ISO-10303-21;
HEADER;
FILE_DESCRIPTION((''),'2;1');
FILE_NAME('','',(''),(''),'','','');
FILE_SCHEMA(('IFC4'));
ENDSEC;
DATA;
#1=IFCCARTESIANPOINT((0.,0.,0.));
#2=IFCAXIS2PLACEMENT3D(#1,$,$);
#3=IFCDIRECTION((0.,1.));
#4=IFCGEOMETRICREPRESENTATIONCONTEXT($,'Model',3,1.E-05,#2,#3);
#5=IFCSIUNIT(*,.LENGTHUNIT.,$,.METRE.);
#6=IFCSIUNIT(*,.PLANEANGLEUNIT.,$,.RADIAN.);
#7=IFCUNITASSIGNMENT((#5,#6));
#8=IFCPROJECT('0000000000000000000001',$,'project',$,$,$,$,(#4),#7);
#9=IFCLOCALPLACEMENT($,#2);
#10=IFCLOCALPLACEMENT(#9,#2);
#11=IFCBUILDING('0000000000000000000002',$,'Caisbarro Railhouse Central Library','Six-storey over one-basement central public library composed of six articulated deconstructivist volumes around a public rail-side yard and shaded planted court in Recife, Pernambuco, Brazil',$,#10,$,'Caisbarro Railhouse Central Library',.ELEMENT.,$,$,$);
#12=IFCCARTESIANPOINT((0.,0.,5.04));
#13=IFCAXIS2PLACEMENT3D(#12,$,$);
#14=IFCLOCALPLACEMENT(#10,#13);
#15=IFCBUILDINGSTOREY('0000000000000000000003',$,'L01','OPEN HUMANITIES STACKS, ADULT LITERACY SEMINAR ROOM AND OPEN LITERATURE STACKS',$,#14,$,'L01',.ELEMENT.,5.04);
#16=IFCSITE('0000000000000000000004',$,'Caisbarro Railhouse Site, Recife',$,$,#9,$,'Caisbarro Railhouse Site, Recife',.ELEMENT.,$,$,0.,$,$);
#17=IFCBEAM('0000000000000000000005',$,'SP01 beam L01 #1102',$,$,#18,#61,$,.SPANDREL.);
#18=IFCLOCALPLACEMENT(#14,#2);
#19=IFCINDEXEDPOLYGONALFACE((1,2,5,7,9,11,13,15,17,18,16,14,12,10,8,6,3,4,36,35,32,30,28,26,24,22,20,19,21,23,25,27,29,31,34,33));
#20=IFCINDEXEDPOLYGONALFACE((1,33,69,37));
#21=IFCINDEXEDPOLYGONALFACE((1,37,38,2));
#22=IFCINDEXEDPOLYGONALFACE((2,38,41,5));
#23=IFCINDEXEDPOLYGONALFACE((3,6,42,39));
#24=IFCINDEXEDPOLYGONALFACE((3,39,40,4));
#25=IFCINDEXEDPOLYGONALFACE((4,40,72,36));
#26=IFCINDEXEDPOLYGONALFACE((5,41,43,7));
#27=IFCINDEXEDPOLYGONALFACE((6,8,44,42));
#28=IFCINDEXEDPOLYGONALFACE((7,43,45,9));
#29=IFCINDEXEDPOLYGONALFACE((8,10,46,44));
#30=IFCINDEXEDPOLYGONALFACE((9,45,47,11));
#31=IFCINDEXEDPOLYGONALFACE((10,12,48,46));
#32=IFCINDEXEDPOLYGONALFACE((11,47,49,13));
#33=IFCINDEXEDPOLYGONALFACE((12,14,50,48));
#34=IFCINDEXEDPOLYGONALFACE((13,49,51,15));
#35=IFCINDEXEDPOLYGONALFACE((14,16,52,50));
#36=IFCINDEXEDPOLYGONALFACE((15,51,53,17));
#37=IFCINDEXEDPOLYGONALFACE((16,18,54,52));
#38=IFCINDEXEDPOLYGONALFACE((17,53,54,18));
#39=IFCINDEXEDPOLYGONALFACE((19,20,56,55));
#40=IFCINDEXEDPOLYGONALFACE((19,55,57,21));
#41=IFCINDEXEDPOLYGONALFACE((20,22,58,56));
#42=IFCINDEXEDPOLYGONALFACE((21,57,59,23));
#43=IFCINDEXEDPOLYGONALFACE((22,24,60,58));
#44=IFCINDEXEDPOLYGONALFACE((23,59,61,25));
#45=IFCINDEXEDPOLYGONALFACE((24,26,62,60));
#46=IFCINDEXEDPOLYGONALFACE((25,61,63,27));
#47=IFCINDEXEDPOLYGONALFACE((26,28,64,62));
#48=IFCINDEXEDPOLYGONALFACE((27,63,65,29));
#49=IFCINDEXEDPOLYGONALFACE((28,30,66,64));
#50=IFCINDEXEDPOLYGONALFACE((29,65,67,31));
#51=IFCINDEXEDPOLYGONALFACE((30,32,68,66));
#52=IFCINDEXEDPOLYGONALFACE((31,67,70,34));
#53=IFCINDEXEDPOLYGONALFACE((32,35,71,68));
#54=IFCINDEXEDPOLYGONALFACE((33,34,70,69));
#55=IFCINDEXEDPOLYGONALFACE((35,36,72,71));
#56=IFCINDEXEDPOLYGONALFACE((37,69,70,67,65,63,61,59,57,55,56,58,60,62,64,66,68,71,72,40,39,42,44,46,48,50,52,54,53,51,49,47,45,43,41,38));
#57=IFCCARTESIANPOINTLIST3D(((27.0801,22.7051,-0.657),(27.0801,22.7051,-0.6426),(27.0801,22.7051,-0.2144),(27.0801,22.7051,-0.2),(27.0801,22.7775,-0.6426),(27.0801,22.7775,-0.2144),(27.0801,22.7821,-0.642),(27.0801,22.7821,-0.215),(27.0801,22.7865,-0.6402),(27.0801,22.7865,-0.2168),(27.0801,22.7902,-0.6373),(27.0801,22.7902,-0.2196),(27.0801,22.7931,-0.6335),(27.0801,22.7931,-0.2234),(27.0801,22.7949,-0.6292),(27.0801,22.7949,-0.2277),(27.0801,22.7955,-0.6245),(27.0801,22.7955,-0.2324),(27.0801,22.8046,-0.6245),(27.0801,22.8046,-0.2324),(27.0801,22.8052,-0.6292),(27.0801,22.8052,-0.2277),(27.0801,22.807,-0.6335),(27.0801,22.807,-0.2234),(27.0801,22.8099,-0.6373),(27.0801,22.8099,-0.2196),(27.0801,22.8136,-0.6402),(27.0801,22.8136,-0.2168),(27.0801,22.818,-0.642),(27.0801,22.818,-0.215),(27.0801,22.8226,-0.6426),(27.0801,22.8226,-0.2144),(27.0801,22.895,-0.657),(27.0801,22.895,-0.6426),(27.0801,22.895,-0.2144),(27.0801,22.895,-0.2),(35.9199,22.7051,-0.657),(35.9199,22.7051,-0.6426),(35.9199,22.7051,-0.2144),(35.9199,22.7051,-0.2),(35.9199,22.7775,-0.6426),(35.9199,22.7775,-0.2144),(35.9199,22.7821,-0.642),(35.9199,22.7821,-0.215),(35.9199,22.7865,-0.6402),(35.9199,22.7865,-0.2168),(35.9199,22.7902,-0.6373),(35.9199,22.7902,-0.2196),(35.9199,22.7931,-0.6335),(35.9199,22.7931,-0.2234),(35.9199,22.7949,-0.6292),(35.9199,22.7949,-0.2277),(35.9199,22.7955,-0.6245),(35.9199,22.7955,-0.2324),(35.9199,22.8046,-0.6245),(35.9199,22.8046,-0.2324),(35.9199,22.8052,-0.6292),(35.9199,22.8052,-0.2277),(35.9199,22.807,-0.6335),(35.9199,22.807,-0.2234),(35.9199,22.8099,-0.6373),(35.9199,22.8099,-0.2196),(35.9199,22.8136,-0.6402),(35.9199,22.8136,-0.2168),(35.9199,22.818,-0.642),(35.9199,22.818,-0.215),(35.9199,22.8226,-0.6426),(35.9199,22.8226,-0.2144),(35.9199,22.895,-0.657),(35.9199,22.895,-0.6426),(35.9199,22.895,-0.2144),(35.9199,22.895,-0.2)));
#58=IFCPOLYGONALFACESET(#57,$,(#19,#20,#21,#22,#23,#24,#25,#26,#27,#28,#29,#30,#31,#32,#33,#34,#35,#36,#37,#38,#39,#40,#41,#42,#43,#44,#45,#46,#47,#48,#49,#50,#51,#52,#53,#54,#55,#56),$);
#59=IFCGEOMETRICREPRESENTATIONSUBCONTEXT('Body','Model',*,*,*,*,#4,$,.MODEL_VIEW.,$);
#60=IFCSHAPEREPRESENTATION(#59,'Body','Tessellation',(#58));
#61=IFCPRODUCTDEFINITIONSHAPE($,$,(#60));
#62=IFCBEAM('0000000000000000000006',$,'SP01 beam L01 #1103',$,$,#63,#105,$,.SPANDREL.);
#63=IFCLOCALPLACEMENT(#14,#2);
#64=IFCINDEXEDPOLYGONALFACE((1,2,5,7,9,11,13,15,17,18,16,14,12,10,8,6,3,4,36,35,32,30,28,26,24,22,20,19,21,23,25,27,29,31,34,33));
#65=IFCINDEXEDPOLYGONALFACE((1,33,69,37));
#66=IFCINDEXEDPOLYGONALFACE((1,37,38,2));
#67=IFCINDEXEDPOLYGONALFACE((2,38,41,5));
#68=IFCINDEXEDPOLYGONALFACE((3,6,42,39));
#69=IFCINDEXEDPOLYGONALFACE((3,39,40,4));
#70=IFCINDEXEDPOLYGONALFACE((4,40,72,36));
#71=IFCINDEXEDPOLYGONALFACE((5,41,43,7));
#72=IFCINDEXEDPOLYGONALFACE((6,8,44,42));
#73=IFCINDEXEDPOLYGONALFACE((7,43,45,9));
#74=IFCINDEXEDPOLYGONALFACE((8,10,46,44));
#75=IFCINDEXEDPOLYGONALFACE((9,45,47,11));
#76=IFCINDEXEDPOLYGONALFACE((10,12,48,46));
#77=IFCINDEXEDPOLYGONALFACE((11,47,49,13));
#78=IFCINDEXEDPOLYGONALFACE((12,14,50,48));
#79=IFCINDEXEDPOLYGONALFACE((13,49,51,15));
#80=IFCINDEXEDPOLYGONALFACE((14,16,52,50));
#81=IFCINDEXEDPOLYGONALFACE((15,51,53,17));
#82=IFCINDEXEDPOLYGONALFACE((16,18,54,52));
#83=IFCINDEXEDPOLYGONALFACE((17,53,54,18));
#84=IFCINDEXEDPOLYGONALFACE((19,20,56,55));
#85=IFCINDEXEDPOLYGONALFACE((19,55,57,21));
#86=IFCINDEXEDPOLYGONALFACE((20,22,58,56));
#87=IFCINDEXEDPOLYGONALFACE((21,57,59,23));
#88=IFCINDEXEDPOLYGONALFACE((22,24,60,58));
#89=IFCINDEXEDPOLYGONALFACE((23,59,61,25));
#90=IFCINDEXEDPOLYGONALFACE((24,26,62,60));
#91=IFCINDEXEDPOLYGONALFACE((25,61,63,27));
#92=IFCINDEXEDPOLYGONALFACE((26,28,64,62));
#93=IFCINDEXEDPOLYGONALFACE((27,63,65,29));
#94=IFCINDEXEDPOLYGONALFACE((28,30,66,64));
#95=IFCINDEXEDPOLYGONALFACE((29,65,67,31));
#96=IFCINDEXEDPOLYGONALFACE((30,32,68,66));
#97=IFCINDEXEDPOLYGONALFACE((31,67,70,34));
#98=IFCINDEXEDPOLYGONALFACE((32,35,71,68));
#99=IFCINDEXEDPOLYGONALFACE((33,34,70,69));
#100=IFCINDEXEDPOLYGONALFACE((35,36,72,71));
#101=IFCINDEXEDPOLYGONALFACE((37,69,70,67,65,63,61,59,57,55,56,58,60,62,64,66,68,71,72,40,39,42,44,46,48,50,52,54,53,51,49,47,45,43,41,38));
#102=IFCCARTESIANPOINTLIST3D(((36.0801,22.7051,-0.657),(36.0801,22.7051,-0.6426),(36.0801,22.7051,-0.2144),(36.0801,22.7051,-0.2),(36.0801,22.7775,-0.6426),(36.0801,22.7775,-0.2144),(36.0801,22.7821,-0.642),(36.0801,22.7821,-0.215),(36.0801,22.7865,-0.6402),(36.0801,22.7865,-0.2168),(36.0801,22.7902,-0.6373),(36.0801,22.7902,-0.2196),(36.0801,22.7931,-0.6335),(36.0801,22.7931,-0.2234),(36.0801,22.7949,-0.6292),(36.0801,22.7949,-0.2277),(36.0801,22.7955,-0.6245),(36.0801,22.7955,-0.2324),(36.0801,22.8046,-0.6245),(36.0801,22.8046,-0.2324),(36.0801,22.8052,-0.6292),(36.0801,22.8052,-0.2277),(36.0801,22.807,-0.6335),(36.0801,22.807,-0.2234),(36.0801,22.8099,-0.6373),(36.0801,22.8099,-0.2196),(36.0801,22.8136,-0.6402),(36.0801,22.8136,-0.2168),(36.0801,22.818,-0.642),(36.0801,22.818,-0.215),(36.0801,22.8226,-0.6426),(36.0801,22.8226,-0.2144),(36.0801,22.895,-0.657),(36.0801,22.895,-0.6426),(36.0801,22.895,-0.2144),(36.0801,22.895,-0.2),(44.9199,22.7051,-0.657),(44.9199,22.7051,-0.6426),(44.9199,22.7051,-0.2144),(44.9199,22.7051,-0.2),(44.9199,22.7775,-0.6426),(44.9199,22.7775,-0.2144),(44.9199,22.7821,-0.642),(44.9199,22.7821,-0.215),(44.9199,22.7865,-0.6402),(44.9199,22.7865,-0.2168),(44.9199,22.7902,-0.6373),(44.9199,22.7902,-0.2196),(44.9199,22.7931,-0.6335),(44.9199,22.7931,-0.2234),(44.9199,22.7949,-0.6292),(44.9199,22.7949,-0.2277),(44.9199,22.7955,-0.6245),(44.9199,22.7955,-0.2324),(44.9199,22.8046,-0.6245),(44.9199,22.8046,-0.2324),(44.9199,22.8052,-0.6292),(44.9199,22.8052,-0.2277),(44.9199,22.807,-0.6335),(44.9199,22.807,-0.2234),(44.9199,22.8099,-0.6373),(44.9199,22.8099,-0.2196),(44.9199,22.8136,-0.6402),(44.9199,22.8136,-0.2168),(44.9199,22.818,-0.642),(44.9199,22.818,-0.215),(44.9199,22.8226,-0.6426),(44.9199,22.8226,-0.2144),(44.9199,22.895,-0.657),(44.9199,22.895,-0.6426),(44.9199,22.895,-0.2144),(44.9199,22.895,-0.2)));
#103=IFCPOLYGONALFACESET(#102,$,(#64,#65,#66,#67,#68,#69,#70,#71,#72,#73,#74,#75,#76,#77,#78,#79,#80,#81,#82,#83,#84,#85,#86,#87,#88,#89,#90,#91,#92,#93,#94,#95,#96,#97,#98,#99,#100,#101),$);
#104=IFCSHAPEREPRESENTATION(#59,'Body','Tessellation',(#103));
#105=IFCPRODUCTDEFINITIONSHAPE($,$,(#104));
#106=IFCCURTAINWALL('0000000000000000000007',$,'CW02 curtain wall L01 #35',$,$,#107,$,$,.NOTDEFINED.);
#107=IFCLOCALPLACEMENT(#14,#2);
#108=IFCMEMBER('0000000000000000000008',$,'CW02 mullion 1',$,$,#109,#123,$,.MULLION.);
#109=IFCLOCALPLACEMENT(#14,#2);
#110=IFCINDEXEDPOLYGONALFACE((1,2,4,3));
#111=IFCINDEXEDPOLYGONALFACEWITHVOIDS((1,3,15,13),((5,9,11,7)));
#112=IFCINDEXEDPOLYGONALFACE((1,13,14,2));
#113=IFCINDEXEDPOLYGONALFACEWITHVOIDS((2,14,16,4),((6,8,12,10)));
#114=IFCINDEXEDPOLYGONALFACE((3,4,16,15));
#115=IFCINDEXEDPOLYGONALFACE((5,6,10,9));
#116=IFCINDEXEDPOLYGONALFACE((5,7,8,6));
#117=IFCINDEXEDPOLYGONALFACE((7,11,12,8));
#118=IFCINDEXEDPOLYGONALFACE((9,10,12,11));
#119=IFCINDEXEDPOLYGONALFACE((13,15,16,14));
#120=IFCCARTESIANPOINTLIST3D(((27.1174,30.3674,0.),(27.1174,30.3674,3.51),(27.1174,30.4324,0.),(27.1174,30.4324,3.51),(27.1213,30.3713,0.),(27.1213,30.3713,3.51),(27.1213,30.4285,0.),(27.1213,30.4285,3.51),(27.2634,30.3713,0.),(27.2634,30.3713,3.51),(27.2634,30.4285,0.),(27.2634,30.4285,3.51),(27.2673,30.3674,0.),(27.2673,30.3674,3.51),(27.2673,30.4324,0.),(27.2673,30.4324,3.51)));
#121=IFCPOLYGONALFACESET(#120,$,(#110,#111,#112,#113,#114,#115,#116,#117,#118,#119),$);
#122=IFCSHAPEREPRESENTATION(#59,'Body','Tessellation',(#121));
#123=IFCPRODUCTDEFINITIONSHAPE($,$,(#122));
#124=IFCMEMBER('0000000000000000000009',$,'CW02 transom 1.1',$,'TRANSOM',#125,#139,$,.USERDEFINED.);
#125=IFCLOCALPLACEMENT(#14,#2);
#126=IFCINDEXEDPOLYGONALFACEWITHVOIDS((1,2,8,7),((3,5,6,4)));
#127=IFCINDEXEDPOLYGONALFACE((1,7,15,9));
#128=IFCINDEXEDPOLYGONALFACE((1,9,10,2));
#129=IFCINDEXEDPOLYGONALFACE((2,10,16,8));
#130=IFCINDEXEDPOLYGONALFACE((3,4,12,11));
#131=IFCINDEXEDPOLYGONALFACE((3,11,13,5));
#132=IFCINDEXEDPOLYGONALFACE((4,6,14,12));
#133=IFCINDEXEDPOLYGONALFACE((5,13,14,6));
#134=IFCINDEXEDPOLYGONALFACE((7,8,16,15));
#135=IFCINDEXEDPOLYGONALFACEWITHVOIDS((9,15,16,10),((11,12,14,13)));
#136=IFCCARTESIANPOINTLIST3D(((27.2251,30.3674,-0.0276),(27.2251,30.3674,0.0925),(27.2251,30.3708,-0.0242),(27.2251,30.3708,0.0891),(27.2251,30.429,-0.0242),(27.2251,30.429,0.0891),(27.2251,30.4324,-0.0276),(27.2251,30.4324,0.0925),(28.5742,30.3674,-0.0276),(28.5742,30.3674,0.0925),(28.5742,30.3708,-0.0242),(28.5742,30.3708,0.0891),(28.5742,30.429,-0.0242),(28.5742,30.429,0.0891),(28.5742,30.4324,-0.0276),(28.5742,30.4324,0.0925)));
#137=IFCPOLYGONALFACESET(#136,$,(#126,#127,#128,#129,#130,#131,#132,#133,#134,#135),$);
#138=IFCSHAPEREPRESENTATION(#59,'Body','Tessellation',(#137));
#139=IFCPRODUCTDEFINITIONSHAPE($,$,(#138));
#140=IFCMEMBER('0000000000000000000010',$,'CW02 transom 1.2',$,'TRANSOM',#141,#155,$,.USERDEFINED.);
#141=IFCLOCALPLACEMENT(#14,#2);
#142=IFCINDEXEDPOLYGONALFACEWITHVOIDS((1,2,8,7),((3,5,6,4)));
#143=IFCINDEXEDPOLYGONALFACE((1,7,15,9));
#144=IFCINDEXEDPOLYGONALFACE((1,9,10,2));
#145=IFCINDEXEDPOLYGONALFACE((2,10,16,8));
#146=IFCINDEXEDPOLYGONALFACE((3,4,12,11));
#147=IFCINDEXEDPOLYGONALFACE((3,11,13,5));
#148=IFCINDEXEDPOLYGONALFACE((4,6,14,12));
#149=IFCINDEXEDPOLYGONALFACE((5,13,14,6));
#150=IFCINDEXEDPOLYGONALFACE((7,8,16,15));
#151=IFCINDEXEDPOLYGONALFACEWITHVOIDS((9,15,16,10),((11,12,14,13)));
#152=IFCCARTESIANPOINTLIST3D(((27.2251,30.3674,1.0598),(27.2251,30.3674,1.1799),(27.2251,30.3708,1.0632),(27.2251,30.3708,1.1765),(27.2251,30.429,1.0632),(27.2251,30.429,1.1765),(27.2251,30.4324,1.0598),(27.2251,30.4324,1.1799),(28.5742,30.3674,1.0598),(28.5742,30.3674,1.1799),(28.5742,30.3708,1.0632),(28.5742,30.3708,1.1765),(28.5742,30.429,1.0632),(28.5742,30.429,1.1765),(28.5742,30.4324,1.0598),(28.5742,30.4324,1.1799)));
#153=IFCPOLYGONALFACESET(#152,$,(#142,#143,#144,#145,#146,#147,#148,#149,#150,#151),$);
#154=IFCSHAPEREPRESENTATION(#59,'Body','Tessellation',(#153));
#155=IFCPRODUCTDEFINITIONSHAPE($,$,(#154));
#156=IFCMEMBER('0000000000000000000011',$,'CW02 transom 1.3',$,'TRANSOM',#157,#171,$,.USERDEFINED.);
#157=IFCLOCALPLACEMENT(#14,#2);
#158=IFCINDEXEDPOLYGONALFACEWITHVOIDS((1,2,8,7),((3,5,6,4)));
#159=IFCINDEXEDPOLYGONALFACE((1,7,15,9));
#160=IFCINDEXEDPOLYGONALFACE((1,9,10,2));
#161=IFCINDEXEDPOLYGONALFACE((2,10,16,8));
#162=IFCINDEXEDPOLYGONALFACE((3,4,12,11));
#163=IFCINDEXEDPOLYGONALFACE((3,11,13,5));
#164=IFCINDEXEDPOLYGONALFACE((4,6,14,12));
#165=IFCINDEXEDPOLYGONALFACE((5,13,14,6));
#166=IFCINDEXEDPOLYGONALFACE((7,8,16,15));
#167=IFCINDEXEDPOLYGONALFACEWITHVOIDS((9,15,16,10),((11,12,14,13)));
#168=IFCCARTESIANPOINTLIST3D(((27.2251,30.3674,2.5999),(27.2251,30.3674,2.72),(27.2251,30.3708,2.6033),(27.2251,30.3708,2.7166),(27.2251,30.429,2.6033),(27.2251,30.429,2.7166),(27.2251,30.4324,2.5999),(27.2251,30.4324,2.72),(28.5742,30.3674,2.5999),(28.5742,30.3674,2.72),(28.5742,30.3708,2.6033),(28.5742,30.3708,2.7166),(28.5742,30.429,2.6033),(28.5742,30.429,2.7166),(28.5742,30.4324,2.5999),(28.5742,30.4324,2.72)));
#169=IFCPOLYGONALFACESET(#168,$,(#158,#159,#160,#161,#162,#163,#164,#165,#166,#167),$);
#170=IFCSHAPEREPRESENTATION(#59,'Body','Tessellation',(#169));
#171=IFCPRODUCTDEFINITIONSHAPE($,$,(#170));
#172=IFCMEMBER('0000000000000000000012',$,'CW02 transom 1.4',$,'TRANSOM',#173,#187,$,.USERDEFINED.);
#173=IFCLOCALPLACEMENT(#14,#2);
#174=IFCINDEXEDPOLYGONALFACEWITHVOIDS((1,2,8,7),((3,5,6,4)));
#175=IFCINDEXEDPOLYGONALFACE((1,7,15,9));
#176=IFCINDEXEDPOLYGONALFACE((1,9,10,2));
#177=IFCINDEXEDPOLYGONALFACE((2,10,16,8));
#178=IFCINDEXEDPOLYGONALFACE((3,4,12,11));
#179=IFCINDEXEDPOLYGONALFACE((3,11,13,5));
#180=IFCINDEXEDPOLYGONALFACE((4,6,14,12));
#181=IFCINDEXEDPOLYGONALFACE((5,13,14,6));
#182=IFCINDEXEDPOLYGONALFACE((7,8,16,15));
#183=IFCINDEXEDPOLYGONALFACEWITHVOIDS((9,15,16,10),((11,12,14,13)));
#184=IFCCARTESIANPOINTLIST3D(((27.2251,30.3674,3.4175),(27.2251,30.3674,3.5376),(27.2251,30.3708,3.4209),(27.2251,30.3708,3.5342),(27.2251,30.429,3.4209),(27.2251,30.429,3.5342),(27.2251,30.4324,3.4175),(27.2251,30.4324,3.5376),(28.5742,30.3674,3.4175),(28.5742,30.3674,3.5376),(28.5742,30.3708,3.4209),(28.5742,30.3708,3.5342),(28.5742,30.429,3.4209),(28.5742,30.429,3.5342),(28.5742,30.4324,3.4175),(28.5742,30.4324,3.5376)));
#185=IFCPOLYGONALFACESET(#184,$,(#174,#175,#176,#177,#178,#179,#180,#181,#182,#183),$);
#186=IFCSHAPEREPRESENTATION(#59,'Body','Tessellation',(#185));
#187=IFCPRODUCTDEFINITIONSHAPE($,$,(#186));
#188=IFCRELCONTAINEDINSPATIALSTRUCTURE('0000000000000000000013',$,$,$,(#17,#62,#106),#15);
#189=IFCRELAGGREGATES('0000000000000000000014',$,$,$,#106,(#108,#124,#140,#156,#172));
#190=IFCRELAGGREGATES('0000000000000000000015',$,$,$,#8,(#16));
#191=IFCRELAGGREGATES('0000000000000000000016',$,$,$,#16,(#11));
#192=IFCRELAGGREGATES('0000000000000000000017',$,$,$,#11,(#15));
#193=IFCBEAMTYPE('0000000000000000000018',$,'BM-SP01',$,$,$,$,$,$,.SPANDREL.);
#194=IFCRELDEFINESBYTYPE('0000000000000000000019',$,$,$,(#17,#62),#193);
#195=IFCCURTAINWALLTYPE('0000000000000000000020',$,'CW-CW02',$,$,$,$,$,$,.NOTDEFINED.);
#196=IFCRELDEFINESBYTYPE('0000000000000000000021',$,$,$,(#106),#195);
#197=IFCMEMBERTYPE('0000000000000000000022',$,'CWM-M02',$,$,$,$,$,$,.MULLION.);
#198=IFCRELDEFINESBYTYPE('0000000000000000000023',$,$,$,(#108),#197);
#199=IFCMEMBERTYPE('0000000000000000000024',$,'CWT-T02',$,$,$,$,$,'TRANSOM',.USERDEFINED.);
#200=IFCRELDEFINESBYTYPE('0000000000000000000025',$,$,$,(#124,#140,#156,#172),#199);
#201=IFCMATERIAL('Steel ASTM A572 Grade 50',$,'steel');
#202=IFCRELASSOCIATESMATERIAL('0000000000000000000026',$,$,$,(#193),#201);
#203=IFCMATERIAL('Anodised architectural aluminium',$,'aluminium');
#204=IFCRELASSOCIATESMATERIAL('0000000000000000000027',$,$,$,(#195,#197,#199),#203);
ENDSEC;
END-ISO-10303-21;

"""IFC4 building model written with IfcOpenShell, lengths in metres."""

from ifc_helpers import new_model, si_unit, direction, frame, origin, origin_2d, place, context, subcontext, project, spatial, hollow_rectangle, i_section, extrude, material, material_profile, profile_set, type_object, element, aggregate, save


model = new_model("IFC4")

# Units and contexts
model_context = context("Model", 3, precision=1e-05, world=origin(), true_north=direction((0.0, 1.0)))
body_context = subcontext(model_context, "Body", "Model", "MODEL_VIEW")
ifc_project = project(units=[si_unit("LENGTHUNIT", "METRE"), si_unit("PLANEANGLEUNIT", "RADIAN")], contexts=[model_context])

# Site, building, storey
site_placement = place(None, origin())
site = spatial("IfcSite", under=ifc_project, at=site_placement, Name="Caisbarro Railhouse Site, Recife", LongName="Caisbarro Railhouse Site, Recife", CompositionType="ELEMENT", RefElevation=0.0)
building_placement = place(site_placement, origin())
building = spatial("IfcBuilding", under=site, at=building_placement, Name="Caisbarro Railhouse Central Library", Description="Six-storey over one-basement central public library composed of six articulated deconstructivist volumes around a public rail-side yard and shaded planted court in Recife, Pernambuco, Brazil", LongName="Caisbarro Railhouse Central Library", CompositionType="ELEMENT")
storey_placement = place(building_placement, frame((0.0, 0.0, 5.04)))
storey = spatial("IfcBuildingStorey", under=building, at=storey_placement, Name="L01", Description="OPEN HUMANITIES STACKS, ADULT LITERACY SEMINAR ROOM AND OPEN LITERATURE STACKS", LongName="L01", CompositionType="ELEMENT", Elevation=5.04)

# Shared definitions
ifc_material_1 = material(Name="Steel ASTM A572 Grade 50", Category="steel")

# Beams
ifc_material_profile_1 = material_profile(ifc_material_1, i_section(OverallWidth=0.1899, OverallDepth=0.457, WebThickness=0.009, FlangeThickness=0.0144, FilletRadius=0.0181, at=origin_2d()), Name="W460X74.0")
ifc_profile_set_1 = profile_set([ifc_material_profile_1], Name="Steel ASTM A572 Grade 50")
beam_type_1 = type_object("IfcBeamType", Name="BM-SP01", PredefinedType="SPANDREL", material=ifc_profile_set_1)
for number, where, z_axis, x_axis, name in (
    (1, (27.0801, 22.8, -0.4285), (1.0, 0.0, 0.0), (0.0, 1.0, 0.0), "SP01 beam L01 #1102"),
    (2, (36.0801, 22.8, -0.4285), (1.0, 0.0, 0.0), (0.0, 1.0, 0.0), "SP01 beam L01 #1103"),
):
    element("IfcBeam", number, at=place(storey_placement, frame(where, z_axis=z_axis, x_axis=x_axis)), inside=storey, type_object=beam_type_1, Name=name, PredefinedType="SPANDREL", context=body_context, shape_type="SweptSolid", body=[
        extrude(i_section(OverallWidth=0.1899, OverallDepth=0.457, WebThickness=0.009, FlangeThickness=0.0144, FilletRadius=0.0181, at=origin_2d()), origin(), (0.0, 0.0, 1.0), 8.8398),
    ])

# Curtain wall, members
ifc_material_2 = material(Name="Anodised architectural aluminium", Category="aluminium")
curtain_wall_type = type_object("IfcCurtainWallType", Name="CW-CW02", PredefinedType="NOTDEFINED", material=ifc_material_2)
curtain_wall_placement = place(storey_placement, origin())
curtain_wall = element("IfcCurtainWall", 3, at=curtain_wall_placement, inside=storey, type_object=curtain_wall_type, Name="CW02 curtain wall L01 #35", PredefinedType="NOTDEFINED")
ifc_material_profile_2 = material_profile(ifc_material_2, hollow_rectangle(XDim=0.0649, YDim=0.1499, WallThickness=0.0039, at=origin_2d()), Name="ALU-MUL-65X150")
ifc_profile_set_2 = profile_set([ifc_material_profile_2], Name="Anodised architectural aluminium")
member_type_1 = type_object("IfcMemberType", Name="CWM-M02", PredefinedType="MULLION", material=ifc_profile_set_2)
member_1_placement = place(storey_placement, frame((27.1924, 30.3999, 0.0), z_axis=(0.0, 0.0, 1.0), x_axis=(0.0, 1.0, 0.0)))
member_1 = element("IfcMember", 4, at=member_1_placement, type_object=member_type_1, Name="CW02 mullion 1", PredefinedType="MULLION", context=body_context, shape_type="SweptSolid", body=[
    extrude(hollow_rectangle(XDim=0.0649, YDim=0.1499, WallThickness=0.0039, at=origin_2d()), origin(), (0.0, 0.0, 1.0), 3.51),
])
ifc_material_profile_3 = material_profile(ifc_material_2, hollow_rectangle(XDim=0.0649, YDim=0.1201, WallThickness=0.0034, at=origin_2d()), Name="ALU-TRN-65X120")
ifc_profile_set_3 = profile_set([ifc_material_profile_3], Name="Anodised architectural aluminium")
member_type_2 = type_object("IfcMemberType", Name="CWT-T02", ElementType="TRANSOM", PredefinedType="USERDEFINED", material=ifc_profile_set_3)
member_2_placement = place(storey_placement, frame((27.2251, 30.3999, 0.0325), z_axis=(1.0, 0.0, 0.0), x_axis=(0.0, 1.0, 0.0)))
member_2 = element("IfcMember", 5, at=member_2_placement, type_object=member_type_2, Name="CW02 transom 1.1", ObjectType="TRANSOM", PredefinedType="USERDEFINED", context=body_context, shape_type="SweptSolid", body=[
    extrude(hollow_rectangle(XDim=0.0649, YDim=0.1201, WallThickness=0.0034, at=origin_2d()), origin(), (0.0, 0.0, 1.0), 1.3491),
])
member_3_placement = place(storey_placement, frame((27.2251, 30.3999, 1.1199), z_axis=(1.0, 0.0, 0.0), x_axis=(0.0, 1.0, 0.0)))
member_3 = element("IfcMember", 6, at=member_3_placement, type_object=member_type_2, Name="CW02 transom 1.2", ObjectType="TRANSOM", PredefinedType="USERDEFINED", context=body_context, shape_type="SweptSolid", body=[
    extrude(hollow_rectangle(XDim=0.0649, YDim=0.1201, WallThickness=0.0034, at=origin_2d()), origin(), (0.0, 0.0, 1.0), 1.3491),
])
member_4_placement = place(storey_placement, frame((27.2251, 30.3999, 2.6599), z_axis=(1.0, 0.0, 0.0), x_axis=(0.0, 1.0, 0.0)))
member_4 = element("IfcMember", 7, at=member_4_placement, type_object=member_type_2, Name="CW02 transom 1.3", ObjectType="TRANSOM", PredefinedType="USERDEFINED", context=body_context, shape_type="SweptSolid", body=[
    extrude(hollow_rectangle(XDim=0.0649, YDim=0.1201, WallThickness=0.0034, at=origin_2d()), origin(), (0.0, 0.0, 1.0), 1.3491),
])
member_5_placement = place(storey_placement, frame((27.2251, 30.3999, 3.4775), z_axis=(1.0, 0.0, 0.0), x_axis=(0.0, 1.0, 0.0)))
member_5 = element("IfcMember", 8, at=member_5_placement, type_object=member_type_2, Name="CW02 transom 1.4", ObjectType="TRANSOM", PredefinedType="USERDEFINED", context=body_context, shape_type="SweptSolid", body=[
    extrude(hollow_rectangle(XDim=0.0649, YDim=0.1201, WallThickness=0.0034, at=origin_2d()), origin(), (0.0, 0.0, 1.0), 1.3491),
])

aggregate(curtain_wall, [member_1, member_2, member_3, member_4, member_5])

save(model, "model.ifc")
